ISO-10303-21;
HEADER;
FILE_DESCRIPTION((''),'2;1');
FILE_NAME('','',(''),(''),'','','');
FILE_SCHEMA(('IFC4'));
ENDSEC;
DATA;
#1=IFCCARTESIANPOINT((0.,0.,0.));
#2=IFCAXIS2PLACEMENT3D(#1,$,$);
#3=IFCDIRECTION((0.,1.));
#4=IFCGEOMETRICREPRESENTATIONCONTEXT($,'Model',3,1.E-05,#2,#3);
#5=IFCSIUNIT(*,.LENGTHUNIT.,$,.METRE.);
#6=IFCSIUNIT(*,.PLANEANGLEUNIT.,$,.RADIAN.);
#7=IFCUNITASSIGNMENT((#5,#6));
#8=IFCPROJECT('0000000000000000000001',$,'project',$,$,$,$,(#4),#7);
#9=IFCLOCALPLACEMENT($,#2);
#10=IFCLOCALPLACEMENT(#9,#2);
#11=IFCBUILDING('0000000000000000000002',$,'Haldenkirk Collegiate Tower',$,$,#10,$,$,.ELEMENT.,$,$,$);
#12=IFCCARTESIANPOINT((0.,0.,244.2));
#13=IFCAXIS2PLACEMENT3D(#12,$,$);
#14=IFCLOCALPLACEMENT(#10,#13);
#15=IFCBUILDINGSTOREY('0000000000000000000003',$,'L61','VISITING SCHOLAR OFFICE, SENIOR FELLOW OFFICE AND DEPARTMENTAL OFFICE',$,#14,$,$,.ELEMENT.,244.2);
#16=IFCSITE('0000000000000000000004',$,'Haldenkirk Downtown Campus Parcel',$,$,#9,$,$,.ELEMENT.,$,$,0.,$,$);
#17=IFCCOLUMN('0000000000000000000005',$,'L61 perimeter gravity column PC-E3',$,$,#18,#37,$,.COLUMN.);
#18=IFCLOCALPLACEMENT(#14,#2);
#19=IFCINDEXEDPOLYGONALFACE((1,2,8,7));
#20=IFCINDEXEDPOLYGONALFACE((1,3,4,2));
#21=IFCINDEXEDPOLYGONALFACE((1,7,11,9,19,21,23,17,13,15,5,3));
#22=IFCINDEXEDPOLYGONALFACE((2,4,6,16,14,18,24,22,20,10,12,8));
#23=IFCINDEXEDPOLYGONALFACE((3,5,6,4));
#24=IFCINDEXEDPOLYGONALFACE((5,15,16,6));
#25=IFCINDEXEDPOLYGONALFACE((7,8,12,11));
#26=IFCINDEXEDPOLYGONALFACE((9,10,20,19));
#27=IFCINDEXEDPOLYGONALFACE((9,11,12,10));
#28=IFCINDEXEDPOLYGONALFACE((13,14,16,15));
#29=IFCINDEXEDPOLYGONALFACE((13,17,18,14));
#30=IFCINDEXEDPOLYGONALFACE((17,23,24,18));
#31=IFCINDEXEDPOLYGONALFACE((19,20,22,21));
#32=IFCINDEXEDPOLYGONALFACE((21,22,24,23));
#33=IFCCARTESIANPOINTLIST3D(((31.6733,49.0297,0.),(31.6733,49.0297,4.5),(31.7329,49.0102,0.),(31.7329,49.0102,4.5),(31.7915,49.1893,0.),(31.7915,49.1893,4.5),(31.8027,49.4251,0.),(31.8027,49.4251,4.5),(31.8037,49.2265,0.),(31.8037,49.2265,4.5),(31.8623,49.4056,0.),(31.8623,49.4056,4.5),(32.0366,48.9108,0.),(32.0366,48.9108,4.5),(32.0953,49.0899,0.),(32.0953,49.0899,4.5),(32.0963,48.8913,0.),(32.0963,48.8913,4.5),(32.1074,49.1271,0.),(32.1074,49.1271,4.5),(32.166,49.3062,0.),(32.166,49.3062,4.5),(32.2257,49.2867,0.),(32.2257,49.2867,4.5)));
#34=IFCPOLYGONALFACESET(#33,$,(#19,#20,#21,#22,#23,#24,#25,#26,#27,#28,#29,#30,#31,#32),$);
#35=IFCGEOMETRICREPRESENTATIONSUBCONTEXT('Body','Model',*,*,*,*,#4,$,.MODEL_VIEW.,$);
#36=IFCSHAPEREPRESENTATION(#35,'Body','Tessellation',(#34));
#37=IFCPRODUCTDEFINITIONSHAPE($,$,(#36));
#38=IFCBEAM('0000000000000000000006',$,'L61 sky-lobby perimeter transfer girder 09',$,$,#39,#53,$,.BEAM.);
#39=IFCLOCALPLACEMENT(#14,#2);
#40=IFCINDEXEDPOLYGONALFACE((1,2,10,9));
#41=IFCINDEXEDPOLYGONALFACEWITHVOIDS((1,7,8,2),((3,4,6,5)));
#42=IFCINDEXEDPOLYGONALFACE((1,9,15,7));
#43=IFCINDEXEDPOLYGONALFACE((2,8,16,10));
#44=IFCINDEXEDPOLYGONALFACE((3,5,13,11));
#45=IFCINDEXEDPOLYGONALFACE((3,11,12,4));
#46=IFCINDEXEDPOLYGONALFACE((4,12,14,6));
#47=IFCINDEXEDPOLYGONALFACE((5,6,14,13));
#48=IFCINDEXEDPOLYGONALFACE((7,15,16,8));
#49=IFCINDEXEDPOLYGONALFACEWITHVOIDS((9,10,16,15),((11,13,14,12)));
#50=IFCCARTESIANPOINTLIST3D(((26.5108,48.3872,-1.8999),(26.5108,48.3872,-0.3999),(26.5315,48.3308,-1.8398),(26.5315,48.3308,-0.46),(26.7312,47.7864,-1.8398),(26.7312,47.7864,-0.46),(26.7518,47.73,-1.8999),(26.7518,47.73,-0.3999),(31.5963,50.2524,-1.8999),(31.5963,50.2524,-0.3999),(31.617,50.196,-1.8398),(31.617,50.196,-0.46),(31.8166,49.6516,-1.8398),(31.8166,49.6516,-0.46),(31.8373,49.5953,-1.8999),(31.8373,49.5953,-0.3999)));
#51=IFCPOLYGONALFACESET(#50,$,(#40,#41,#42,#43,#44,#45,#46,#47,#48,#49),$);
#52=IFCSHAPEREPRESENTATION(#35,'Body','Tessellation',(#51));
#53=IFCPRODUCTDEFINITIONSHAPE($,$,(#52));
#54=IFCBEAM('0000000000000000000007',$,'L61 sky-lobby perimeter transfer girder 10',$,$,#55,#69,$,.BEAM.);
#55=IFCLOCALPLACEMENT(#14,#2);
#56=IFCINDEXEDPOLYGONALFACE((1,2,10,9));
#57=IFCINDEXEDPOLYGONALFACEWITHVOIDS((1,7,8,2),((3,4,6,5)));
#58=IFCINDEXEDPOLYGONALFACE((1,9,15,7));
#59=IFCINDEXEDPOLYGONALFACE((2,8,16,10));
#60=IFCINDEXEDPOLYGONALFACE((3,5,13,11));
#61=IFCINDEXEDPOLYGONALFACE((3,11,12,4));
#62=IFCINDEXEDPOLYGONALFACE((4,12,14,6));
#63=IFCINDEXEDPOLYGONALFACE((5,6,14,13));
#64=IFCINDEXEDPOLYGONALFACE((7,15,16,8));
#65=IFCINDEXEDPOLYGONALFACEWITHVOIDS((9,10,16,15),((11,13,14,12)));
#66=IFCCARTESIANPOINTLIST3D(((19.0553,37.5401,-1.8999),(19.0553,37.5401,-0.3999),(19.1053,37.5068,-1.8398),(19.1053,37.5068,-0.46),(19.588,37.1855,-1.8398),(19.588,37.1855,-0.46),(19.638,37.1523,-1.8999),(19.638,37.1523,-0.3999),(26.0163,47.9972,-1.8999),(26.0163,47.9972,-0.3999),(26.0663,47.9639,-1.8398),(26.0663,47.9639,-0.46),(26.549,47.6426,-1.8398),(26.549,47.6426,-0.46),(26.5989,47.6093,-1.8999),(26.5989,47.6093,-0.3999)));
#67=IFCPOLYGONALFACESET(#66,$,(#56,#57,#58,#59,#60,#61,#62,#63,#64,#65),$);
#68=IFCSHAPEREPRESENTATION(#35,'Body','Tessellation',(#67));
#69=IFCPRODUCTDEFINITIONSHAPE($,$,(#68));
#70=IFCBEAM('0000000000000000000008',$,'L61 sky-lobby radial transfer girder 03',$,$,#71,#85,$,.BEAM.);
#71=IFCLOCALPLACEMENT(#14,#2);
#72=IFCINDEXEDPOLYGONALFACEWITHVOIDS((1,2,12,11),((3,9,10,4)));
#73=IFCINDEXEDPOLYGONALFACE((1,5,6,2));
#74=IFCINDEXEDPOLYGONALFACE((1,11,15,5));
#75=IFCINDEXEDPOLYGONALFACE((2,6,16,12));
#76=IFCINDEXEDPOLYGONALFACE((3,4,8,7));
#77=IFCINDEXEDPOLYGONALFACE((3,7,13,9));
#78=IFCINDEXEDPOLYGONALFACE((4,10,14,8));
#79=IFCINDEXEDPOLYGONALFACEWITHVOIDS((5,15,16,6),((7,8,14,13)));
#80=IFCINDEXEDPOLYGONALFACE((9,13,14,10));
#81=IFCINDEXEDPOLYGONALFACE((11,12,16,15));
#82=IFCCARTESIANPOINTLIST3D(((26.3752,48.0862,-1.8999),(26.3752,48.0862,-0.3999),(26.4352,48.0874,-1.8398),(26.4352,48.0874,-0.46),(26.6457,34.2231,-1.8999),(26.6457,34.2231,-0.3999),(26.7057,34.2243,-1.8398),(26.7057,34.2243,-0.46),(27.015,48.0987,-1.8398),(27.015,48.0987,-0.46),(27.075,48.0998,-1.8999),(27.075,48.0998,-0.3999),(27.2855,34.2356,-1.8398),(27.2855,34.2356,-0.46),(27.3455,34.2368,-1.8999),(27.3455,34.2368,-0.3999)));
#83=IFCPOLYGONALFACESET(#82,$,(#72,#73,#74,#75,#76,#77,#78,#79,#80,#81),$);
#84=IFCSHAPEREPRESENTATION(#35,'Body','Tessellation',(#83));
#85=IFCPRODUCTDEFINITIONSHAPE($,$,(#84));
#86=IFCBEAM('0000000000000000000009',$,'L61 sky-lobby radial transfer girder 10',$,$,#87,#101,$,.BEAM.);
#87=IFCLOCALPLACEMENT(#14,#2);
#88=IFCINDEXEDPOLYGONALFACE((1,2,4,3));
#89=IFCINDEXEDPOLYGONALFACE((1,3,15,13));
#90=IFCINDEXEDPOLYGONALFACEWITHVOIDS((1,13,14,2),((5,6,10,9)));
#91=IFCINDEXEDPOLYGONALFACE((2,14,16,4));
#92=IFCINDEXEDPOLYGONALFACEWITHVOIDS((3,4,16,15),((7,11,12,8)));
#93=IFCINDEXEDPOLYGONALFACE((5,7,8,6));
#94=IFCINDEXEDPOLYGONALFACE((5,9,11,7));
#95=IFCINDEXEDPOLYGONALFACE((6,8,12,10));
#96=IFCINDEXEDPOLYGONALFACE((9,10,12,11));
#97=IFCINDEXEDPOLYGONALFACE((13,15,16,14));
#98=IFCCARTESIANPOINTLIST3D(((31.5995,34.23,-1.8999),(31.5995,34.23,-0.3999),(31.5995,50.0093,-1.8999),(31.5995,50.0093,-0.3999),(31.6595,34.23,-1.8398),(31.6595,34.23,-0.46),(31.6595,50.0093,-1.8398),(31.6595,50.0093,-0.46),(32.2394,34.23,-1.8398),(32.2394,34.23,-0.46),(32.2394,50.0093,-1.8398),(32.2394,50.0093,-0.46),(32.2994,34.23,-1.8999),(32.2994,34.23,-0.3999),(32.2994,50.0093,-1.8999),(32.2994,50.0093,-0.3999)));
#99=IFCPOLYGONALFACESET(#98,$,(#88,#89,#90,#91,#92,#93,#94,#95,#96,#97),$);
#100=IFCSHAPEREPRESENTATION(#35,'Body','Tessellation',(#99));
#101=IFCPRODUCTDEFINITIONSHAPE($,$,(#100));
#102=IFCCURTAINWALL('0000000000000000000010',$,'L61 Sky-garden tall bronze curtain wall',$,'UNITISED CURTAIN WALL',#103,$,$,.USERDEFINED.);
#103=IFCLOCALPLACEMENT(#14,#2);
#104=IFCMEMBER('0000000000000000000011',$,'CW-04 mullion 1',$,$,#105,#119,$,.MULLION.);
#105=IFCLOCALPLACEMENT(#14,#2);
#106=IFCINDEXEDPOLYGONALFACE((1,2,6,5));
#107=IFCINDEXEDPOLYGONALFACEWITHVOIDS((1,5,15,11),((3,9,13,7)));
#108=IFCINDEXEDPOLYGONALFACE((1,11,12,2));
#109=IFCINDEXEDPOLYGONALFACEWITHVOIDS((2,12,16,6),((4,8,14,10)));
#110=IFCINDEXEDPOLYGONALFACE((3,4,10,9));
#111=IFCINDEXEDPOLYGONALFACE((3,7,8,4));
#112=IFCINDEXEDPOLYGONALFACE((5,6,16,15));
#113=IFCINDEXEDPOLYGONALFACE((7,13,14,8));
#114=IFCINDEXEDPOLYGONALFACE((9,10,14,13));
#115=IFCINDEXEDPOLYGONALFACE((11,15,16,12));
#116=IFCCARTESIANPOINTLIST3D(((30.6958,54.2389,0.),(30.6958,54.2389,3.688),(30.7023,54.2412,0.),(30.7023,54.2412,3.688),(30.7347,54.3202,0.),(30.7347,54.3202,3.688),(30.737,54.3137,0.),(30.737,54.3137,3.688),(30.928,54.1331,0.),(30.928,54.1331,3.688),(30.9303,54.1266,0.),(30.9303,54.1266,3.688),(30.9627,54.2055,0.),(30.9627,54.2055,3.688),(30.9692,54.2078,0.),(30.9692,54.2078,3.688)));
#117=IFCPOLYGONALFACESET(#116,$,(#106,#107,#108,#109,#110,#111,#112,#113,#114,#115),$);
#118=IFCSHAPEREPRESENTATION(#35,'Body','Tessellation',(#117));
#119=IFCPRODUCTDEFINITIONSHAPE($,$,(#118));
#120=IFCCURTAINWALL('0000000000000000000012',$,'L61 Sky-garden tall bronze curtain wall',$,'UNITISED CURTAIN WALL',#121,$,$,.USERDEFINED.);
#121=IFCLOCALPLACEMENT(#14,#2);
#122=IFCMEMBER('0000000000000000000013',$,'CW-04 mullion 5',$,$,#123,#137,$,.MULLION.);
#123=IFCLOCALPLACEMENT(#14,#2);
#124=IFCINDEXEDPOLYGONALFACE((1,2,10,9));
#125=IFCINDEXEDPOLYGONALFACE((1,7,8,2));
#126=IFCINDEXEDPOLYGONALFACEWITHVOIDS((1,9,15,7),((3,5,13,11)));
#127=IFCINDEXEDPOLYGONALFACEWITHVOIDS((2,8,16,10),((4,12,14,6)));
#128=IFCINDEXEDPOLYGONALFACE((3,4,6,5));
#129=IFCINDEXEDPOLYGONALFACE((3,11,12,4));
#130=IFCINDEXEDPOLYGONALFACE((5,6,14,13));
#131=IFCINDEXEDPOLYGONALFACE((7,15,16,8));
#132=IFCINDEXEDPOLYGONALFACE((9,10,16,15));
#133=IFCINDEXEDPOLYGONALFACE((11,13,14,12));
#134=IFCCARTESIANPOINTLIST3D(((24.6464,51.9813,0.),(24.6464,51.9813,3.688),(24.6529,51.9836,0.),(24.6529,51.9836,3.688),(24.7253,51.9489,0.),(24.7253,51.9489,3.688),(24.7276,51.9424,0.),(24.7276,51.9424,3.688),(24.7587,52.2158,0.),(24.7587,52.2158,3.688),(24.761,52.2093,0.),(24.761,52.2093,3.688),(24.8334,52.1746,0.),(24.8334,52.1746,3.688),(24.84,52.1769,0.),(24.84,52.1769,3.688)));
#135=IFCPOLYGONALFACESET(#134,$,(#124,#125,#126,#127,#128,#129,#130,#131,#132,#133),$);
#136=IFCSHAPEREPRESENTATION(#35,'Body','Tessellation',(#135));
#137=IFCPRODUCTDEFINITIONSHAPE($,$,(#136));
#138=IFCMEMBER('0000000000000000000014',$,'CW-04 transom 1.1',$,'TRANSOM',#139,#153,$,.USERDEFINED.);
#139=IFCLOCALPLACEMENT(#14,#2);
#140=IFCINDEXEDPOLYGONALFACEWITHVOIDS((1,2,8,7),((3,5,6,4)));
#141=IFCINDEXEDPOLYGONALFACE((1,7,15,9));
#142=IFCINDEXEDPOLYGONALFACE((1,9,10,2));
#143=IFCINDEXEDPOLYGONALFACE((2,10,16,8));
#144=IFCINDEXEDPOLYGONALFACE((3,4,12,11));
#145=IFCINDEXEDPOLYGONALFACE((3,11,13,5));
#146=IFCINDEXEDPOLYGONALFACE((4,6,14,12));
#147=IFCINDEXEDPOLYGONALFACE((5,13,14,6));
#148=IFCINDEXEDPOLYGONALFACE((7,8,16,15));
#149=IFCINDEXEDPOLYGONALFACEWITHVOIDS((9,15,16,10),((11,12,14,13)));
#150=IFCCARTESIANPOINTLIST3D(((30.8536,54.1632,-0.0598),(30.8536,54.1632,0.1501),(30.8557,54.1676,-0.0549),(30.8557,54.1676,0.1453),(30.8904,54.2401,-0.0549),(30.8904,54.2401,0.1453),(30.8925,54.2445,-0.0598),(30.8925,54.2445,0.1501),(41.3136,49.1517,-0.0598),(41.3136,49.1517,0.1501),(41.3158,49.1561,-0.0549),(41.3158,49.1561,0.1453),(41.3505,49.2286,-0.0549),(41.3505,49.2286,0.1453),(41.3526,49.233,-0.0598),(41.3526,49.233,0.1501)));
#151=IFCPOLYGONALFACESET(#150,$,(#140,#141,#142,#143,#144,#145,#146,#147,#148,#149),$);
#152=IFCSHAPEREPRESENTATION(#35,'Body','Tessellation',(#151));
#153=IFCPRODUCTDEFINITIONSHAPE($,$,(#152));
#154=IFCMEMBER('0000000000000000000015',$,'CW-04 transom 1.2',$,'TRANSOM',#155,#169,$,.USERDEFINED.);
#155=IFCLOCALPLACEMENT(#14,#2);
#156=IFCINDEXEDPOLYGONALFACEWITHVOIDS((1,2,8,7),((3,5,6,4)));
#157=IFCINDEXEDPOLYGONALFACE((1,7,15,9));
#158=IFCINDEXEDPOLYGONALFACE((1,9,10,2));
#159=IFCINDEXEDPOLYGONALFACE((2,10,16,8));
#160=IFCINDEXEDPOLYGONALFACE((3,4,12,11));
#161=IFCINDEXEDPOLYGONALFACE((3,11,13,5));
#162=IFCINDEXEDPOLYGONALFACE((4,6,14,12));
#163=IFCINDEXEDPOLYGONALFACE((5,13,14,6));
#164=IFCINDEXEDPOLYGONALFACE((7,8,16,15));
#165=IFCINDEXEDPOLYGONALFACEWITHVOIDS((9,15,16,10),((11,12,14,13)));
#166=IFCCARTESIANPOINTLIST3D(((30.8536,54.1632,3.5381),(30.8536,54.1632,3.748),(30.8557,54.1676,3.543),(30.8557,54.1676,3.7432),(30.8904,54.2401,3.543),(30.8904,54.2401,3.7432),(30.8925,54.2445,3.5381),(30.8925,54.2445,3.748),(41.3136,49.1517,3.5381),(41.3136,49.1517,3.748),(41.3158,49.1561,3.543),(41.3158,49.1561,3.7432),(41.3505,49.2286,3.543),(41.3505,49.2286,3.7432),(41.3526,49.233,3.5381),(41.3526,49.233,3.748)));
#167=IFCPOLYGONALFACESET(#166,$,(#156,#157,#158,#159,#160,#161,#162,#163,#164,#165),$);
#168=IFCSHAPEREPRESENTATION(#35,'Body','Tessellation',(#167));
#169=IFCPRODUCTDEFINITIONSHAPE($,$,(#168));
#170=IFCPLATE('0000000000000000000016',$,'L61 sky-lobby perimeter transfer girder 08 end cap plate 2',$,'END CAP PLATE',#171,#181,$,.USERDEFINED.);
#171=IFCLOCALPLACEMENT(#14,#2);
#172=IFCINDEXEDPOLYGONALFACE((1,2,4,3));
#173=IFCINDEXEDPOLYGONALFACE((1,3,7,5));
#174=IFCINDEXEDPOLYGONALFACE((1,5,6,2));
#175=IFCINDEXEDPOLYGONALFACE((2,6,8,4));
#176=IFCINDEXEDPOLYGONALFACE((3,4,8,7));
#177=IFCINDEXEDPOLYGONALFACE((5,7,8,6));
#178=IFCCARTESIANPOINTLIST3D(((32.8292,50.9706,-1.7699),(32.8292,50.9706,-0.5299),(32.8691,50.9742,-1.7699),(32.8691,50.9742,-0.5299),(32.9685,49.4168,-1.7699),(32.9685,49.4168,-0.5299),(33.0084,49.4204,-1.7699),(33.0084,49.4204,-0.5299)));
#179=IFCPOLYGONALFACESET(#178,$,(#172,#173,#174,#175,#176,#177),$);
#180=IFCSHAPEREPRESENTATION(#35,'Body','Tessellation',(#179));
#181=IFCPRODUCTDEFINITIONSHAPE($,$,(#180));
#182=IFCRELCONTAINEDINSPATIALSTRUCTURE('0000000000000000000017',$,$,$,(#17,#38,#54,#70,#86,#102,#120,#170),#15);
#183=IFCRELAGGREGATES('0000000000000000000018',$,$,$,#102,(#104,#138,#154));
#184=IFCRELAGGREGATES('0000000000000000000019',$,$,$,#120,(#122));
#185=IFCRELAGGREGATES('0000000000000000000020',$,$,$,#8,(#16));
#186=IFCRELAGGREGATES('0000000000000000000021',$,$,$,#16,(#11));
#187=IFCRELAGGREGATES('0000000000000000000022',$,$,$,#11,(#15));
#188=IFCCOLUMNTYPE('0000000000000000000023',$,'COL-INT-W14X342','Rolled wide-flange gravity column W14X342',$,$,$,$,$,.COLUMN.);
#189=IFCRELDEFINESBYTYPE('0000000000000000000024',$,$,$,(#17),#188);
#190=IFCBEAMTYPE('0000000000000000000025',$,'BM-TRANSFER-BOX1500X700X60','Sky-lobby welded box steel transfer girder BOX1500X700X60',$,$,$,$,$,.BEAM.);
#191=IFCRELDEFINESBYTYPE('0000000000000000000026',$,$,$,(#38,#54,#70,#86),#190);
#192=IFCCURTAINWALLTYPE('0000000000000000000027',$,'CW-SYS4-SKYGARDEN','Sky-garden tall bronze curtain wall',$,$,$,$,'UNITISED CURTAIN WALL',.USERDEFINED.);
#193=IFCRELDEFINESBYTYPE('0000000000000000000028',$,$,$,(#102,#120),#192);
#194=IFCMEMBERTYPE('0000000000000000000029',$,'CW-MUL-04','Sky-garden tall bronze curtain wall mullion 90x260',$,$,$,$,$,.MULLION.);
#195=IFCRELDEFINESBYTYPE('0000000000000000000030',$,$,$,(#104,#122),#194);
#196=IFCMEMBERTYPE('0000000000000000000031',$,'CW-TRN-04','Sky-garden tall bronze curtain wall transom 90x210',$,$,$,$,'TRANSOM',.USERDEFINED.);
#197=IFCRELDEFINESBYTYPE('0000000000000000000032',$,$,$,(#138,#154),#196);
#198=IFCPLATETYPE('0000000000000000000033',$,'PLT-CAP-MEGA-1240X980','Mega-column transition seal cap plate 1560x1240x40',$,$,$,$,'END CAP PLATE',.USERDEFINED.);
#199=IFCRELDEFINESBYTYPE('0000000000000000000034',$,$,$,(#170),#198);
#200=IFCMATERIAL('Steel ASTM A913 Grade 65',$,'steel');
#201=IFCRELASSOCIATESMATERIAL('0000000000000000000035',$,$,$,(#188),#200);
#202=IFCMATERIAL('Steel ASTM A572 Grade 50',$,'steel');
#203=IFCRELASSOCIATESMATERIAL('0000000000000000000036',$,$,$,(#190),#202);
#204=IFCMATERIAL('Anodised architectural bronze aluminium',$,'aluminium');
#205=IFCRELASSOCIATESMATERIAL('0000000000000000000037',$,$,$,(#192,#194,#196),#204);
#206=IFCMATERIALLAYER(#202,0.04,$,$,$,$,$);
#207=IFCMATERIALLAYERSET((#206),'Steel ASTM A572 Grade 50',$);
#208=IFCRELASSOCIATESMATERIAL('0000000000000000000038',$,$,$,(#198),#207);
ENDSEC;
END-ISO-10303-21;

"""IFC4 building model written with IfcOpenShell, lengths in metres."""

from ifc_helpers import new_model, si_unit, direction, frame, origin, origin_2d, place, context, subcontext, project, spatial, rectangle, hollow_rectangle, i_section, extrude, source, transform, mapped, material, layer, layer_set, material_profile, profile_set, type_object, element, aggregate, save


model = new_model("IFC4")

# Units and contexts
model_context = context("Model", 3, precision=1e-05, world=origin(), true_north=direction((0.0, 1.0)))
body_context = subcontext(model_context, "Body", "Model", "MODEL_VIEW")
ifc_project = project(units=[si_unit("LENGTHUNIT", "METRE"), si_unit("PLANEANGLEUNIT", "RADIAN")], contexts=[model_context])

# Site, building, storey
site_placement = place(None, origin())
site = spatial("IfcSite", under=ifc_project, at=site_placement, Name="Haldenkirk Downtown Campus Parcel", CompositionType="ELEMENT", RefElevation=0.0)
building_placement = place(site_placement, origin())
building = spatial("IfcBuilding", under=site, at=building_placement, Name="Haldenkirk Collegiate Tower", CompositionType="ELEMENT")
storey_placement = place(building_placement, frame((0.0, 0.0, 244.2)))
storey = spatial("IfcBuildingStorey", under=building, at=storey_placement, Name="L61", Description="VISITING SCHOLAR OFFICE, SENIOR FELLOW OFFICE AND DEPARTMENTAL OFFICE", CompositionType="ELEMENT", Elevation=244.2)

# Column
ifc_material_1 = material(Name="Steel ASTM A913 Grade 65", Category="steel")
ifc_material_profile_1 = material_profile(ifc_material_1, i_section(OverallWidth=0.416, OverallDepth=0.4451, WebThickness=0.0391, FlangeThickness=0.0627, at=origin_2d()), Name="W14X342")
ifc_profile_set_1 = profile_set([ifc_material_profile_1], Name="Steel ASTM A913 Grade 65")
column_type = type_object("IfcColumnType", Name="COL-INT-W14X342", Description="Rolled wide-flange gravity column W14X342", PredefinedType="COLUMN", material=ifc_profile_set_1)
column_placement = place(storey_placement, frame((31.9495, 49.1582, 0.0), z_axis=(0.0, 0.0, 1.0), x_axis=(0.311008, 0.950407, 0.0)))
element("IfcColumn", 1, at=column_placement, inside=storey, type_object=column_type, Name="L61 perimeter gravity column PC-E3", PredefinedType="COLUMN", context=body_context, shape_type="SweptSolid", body=[
    extrude(i_section(OverallWidth=0.416, OverallDepth=0.4451, WebThickness=0.0391, FlangeThickness=0.0627, at=origin_2d()), origin(), (0.0, 0.0, 1.0), 4.5),
])

# Beams
ifc_material_2 = material(Name="Steel ASTM A572 Grade 50", Category="steel")
ifc_material_profile_2 = material_profile(ifc_material_2, hollow_rectangle(XDim=0.7, YDim=1.5, WallThickness=0.0601, at=origin_2d()), Name="BOX1500X700X60")
ifc_profile_set_2 = profile_set([ifc_material_profile_2], Name="Steel ASTM A572 Grade 50")
beam_type = type_object("IfcBeamType", Name="BM-TRANSFER-BOX1500X700X60", Description="Sky-lobby welded box steel transfer girder BOX1500X700X60", PredefinedType="BEAM", material=ifc_profile_set_2)
beam_1_placement = place(storey_placement, frame((31.7168, 49.9238, -1.1499), z_axis=(-0.938842, -0.344347, 0.0), x_axis=(0.344347, -0.938842, 0.0)))
element("IfcBeam", 2, at=beam_1_placement, inside=storey, type_object=beam_type, Name="L61 sky-lobby perimeter transfer girder 09", PredefinedType="BEAM", context=body_context, shape_type="SweptSolid", body=[
    extrude(hollow_rectangle(XDim=0.7, YDim=1.5, WallThickness=0.0601, at=origin_2d()), origin(), (0.0, 0.0, 1.0), 5.4167),
])
beam_2_placement = place(storey_placement, frame((26.3076, 47.8032, -1.1499), z_axis=(-0.554126, -0.832433, 0.0), x_axis=(0.832433, -0.554126, 0.0)))
element("IfcBeam", 3, at=beam_2_placement, inside=storey, type_object=beam_type, Name="L61 sky-lobby perimeter transfer girder 10", PredefinedType="BEAM", context=body_context, shape_type="SweptSolid", body=[
    extrude(hollow_rectangle(XDim=0.7, YDim=1.5, WallThickness=0.0601, at=origin_2d()), origin(), (0.0, 0.0, 1.0), 12.562),
])
beam_3_placement = place(storey_placement, frame((26.7251, 48.093, -1.1499), z_axis=(0.019509, -0.99981, 0.0), x_axis=(0.99981, 0.019509, 0.0)))
element("IfcBeam", 4, at=beam_3_placement, inside=storey, type_object=beam_type, Name="L61 sky-lobby radial transfer girder 03", PredefinedType="BEAM", context=body_context, shape_type="SweptSolid", body=[
    extrude(hollow_rectangle(XDim=0.7, YDim=1.5, WallThickness=0.0601, at=origin_2d()), origin(), (0.0, 0.0, 1.0), 13.8657),
])
beam_4_placement = place(storey_placement, frame((31.9495, 50.0093, -1.1499), z_axis=(0.0, -1.0, 0.0), x_axis=(1.0, 0.0, 0.0)))
element("IfcBeam", 5, at=beam_4_placement, inside=storey, type_object=beam_type, Name="L61 sky-lobby radial transfer girder 10", PredefinedType="BEAM", context=body_context, shape_type="SweptSolid", body=[
    extrude(hollow_rectangle(XDim=0.7, YDim=1.5, WallThickness=0.0601, at=origin_2d()), origin(), (0.0, 0.0, 1.0), 15.7793),
])

# Curtain walls, members
ifc_material_3 = material(Name="Anodised architectural bronze aluminium", Category="aluminium")
curtain_wall_type = type_object("IfcCurtainWallType", Name="CW-SYS4-SKYGARDEN", Description="Sky-garden tall bronze curtain wall", ElementType="UNITISED CURTAIN WALL", PredefinedType="USERDEFINED", material=ifc_material_3)
curtain_wall_1_placement = place(storey_placement, origin())
curtain_wall_1 = element("IfcCurtainWall", 6, at=curtain_wall_1_placement, inside=storey, type_object=curtain_wall_type, Name="L61 Sky-garden tall bronze curtain wall", ObjectType="UNITISED CURTAIN WALL", PredefinedType="USERDEFINED")
ifc_material_profile_3 = material_profile(ifc_material_3, hollow_rectangle(XDim=0.0901, YDim=0.26, WallThickness=0.0049, at=origin_2d()), Name="CW-MUL-04")
ifc_profile_set_3 = profile_set([ifc_material_profile_3], Name="Anodised architectural bronze aluminium")
member_type_1 = type_object("IfcMemberType", Name="CW-MUL-04", Description="Sky-garden tall bronze curtain wall mullion 90x260", PredefinedType="MULLION", material=ifc_profile_set_3)
member_1_placement = place(storey_placement, frame((30.8325, 54.2234, 0.0), z_axis=(0.0, 0.0, 1.0), x_axis=(0.432084, 0.901833, 0.0)))
member_1 = element("IfcMember", 7, at=member_1_placement, type_object=member_type_1, Name="CW-04 mullion 1", PredefinedType="MULLION", context=body_context, shape_type="SweptSolid", body=[
    extrude(hollow_rectangle(XDim=0.0901, YDim=0.26, WallThickness=0.0049, at=origin_2d()), origin(), (0.0, 0.0, 1.0), 3.688),
])
curtain_wall_2_placement = place(storey_placement, origin())
curtain_wall_2 = element("IfcCurtainWall", 8, at=curtain_wall_2_placement, inside=storey, type_object=curtain_wall_type, Name="L61 Sky-garden tall bronze curtain wall", ObjectType="UNITISED CURTAIN WALL", PredefinedType="USERDEFINED")
member_2_placement = place(storey_placement, frame((24.7432, 52.0791, 0.0), z_axis=(0.0, 0.0, 1.0), x_axis=(-0.901833, 0.432084, 0.0)))
member_2 = element("IfcMember", 9, at=member_2_placement, type_object=member_type_1, Name="CW-04 mullion 5", PredefinedType="MULLION", context=body_context, shape_type="SweptSolid", body=[
    extrude(hollow_rectangle(XDim=0.0901, YDim=0.26, WallThickness=0.0049, at=origin_2d()), origin(), (0.0, 0.0, 1.0), 3.688),
])

# Members
ifc_material_profile_4 = material_profile(ifc_material_3, hollow_rectangle(XDim=0.0901, YDim=0.21, WallThickness=0.0049, at=origin_2d()), Name="CW-TRN-04")
ifc_profile_set_4 = profile_set([ifc_material_profile_4], Name="Anodised architectural bronze aluminium")
member_type_2 = type_object("IfcMemberType", Name="CW-TRN-04", Description="Sky-garden tall bronze curtain wall transom 90x210", ElementType="TRANSOM", PredefinedType="USERDEFINED", material=ifc_profile_set_4)
member_3_placement = place(storey_placement, frame((30.873, 54.2039, 0.0452), z_axis=(0.901836, -0.432079, 0.0), x_axis=(0.432079, 0.901836, 0.0)))
member_3 = element("IfcMember", 10, at=member_3_placement, type_object=member_type_2, Name="CW-04 transom 1.1", ObjectType="TRANSOM", PredefinedType="USERDEFINED", context=body_context, shape_type="SweptSolid", body=[
    extrude(hollow_rectangle(XDim=0.0901, YDim=0.21, WallThickness=0.0049, at=origin_2d()), origin(), (0.0, 0.0, 1.0), 11.5986),
])
member_4_placement = place(storey_placement, frame((30.873, 54.2039, 3.6431), z_axis=(0.901836, -0.432079, 0.0), x_axis=(0.432079, 0.901836, 0.0)))
member_4 = element("IfcMember", 11, at=member_4_placement, type_object=member_type_2, Name="CW-04 transom 1.2", ObjectType="TRANSOM", PredefinedType="USERDEFINED", context=body_context, shape_type="SweptSolid", body=[
    extrude(hollow_rectangle(XDim=0.0901, YDim=0.21, WallThickness=0.0049, at=origin_2d()), origin(), (0.0, 0.0, 1.0), 11.5986),
])
aggregate(curtain_wall_1, [member_1, member_3, member_4])

# Plate
ifc_layer_1 = layer(ifc_material_2, 0.04)
ifc_layer_set_1 = layer_set([ifc_layer_1], Name="Steel ASTM A572 Grade 50")
plate_type_1 = type_object("IfcPlateType", Name="PLT-CAP-MEGA-1240X980", Description="Mega-column transition seal cap plate 1560x1240x40", ElementType="END CAP PLATE", PredefinedType="USERDEFINED", material=ifc_layer_set_1)
shared_shape_1 = source(origin(), body_context, "Body", "SweptSolid", [
    extrude(rectangle(XDim=1.5601, YDim=1.24, at=origin_2d()), origin(), (0.0, 0.0, 1.0), 0.04),
])
for number, where, z_axis, x_axis, name in (
    (12, (32.9387, 50.1973, -1.1499), (-0.996004, -0.089308, 0.0), (0.089308, -0.996004, 0.0), "L61 sky-lobby perimeter transfer girder 08 end cap plate 2"),
):
    element("IfcPlate", number, at=place(storey_placement, frame(where, z_axis=z_axis, x_axis=x_axis)), inside=storey, type_object=plate_type_1, Name=name, ObjectType="END CAP PLATE", PredefinedType="USERDEFINED", context=body_context, shape_type="MappedRepresentation", body=[
        mapped(shared_shape_1, transform((0.0, 0.0, 0.0), x_axis=(1.0, 0.0, 0.0), y_axis=(0.0, 1.0, 0.0), z_axis=(0.0, 0.0, 1.0), scale=1.0)),
    ])

aggregate(curtain_wall_2, [member_2])

save(model, "model.ifc")
